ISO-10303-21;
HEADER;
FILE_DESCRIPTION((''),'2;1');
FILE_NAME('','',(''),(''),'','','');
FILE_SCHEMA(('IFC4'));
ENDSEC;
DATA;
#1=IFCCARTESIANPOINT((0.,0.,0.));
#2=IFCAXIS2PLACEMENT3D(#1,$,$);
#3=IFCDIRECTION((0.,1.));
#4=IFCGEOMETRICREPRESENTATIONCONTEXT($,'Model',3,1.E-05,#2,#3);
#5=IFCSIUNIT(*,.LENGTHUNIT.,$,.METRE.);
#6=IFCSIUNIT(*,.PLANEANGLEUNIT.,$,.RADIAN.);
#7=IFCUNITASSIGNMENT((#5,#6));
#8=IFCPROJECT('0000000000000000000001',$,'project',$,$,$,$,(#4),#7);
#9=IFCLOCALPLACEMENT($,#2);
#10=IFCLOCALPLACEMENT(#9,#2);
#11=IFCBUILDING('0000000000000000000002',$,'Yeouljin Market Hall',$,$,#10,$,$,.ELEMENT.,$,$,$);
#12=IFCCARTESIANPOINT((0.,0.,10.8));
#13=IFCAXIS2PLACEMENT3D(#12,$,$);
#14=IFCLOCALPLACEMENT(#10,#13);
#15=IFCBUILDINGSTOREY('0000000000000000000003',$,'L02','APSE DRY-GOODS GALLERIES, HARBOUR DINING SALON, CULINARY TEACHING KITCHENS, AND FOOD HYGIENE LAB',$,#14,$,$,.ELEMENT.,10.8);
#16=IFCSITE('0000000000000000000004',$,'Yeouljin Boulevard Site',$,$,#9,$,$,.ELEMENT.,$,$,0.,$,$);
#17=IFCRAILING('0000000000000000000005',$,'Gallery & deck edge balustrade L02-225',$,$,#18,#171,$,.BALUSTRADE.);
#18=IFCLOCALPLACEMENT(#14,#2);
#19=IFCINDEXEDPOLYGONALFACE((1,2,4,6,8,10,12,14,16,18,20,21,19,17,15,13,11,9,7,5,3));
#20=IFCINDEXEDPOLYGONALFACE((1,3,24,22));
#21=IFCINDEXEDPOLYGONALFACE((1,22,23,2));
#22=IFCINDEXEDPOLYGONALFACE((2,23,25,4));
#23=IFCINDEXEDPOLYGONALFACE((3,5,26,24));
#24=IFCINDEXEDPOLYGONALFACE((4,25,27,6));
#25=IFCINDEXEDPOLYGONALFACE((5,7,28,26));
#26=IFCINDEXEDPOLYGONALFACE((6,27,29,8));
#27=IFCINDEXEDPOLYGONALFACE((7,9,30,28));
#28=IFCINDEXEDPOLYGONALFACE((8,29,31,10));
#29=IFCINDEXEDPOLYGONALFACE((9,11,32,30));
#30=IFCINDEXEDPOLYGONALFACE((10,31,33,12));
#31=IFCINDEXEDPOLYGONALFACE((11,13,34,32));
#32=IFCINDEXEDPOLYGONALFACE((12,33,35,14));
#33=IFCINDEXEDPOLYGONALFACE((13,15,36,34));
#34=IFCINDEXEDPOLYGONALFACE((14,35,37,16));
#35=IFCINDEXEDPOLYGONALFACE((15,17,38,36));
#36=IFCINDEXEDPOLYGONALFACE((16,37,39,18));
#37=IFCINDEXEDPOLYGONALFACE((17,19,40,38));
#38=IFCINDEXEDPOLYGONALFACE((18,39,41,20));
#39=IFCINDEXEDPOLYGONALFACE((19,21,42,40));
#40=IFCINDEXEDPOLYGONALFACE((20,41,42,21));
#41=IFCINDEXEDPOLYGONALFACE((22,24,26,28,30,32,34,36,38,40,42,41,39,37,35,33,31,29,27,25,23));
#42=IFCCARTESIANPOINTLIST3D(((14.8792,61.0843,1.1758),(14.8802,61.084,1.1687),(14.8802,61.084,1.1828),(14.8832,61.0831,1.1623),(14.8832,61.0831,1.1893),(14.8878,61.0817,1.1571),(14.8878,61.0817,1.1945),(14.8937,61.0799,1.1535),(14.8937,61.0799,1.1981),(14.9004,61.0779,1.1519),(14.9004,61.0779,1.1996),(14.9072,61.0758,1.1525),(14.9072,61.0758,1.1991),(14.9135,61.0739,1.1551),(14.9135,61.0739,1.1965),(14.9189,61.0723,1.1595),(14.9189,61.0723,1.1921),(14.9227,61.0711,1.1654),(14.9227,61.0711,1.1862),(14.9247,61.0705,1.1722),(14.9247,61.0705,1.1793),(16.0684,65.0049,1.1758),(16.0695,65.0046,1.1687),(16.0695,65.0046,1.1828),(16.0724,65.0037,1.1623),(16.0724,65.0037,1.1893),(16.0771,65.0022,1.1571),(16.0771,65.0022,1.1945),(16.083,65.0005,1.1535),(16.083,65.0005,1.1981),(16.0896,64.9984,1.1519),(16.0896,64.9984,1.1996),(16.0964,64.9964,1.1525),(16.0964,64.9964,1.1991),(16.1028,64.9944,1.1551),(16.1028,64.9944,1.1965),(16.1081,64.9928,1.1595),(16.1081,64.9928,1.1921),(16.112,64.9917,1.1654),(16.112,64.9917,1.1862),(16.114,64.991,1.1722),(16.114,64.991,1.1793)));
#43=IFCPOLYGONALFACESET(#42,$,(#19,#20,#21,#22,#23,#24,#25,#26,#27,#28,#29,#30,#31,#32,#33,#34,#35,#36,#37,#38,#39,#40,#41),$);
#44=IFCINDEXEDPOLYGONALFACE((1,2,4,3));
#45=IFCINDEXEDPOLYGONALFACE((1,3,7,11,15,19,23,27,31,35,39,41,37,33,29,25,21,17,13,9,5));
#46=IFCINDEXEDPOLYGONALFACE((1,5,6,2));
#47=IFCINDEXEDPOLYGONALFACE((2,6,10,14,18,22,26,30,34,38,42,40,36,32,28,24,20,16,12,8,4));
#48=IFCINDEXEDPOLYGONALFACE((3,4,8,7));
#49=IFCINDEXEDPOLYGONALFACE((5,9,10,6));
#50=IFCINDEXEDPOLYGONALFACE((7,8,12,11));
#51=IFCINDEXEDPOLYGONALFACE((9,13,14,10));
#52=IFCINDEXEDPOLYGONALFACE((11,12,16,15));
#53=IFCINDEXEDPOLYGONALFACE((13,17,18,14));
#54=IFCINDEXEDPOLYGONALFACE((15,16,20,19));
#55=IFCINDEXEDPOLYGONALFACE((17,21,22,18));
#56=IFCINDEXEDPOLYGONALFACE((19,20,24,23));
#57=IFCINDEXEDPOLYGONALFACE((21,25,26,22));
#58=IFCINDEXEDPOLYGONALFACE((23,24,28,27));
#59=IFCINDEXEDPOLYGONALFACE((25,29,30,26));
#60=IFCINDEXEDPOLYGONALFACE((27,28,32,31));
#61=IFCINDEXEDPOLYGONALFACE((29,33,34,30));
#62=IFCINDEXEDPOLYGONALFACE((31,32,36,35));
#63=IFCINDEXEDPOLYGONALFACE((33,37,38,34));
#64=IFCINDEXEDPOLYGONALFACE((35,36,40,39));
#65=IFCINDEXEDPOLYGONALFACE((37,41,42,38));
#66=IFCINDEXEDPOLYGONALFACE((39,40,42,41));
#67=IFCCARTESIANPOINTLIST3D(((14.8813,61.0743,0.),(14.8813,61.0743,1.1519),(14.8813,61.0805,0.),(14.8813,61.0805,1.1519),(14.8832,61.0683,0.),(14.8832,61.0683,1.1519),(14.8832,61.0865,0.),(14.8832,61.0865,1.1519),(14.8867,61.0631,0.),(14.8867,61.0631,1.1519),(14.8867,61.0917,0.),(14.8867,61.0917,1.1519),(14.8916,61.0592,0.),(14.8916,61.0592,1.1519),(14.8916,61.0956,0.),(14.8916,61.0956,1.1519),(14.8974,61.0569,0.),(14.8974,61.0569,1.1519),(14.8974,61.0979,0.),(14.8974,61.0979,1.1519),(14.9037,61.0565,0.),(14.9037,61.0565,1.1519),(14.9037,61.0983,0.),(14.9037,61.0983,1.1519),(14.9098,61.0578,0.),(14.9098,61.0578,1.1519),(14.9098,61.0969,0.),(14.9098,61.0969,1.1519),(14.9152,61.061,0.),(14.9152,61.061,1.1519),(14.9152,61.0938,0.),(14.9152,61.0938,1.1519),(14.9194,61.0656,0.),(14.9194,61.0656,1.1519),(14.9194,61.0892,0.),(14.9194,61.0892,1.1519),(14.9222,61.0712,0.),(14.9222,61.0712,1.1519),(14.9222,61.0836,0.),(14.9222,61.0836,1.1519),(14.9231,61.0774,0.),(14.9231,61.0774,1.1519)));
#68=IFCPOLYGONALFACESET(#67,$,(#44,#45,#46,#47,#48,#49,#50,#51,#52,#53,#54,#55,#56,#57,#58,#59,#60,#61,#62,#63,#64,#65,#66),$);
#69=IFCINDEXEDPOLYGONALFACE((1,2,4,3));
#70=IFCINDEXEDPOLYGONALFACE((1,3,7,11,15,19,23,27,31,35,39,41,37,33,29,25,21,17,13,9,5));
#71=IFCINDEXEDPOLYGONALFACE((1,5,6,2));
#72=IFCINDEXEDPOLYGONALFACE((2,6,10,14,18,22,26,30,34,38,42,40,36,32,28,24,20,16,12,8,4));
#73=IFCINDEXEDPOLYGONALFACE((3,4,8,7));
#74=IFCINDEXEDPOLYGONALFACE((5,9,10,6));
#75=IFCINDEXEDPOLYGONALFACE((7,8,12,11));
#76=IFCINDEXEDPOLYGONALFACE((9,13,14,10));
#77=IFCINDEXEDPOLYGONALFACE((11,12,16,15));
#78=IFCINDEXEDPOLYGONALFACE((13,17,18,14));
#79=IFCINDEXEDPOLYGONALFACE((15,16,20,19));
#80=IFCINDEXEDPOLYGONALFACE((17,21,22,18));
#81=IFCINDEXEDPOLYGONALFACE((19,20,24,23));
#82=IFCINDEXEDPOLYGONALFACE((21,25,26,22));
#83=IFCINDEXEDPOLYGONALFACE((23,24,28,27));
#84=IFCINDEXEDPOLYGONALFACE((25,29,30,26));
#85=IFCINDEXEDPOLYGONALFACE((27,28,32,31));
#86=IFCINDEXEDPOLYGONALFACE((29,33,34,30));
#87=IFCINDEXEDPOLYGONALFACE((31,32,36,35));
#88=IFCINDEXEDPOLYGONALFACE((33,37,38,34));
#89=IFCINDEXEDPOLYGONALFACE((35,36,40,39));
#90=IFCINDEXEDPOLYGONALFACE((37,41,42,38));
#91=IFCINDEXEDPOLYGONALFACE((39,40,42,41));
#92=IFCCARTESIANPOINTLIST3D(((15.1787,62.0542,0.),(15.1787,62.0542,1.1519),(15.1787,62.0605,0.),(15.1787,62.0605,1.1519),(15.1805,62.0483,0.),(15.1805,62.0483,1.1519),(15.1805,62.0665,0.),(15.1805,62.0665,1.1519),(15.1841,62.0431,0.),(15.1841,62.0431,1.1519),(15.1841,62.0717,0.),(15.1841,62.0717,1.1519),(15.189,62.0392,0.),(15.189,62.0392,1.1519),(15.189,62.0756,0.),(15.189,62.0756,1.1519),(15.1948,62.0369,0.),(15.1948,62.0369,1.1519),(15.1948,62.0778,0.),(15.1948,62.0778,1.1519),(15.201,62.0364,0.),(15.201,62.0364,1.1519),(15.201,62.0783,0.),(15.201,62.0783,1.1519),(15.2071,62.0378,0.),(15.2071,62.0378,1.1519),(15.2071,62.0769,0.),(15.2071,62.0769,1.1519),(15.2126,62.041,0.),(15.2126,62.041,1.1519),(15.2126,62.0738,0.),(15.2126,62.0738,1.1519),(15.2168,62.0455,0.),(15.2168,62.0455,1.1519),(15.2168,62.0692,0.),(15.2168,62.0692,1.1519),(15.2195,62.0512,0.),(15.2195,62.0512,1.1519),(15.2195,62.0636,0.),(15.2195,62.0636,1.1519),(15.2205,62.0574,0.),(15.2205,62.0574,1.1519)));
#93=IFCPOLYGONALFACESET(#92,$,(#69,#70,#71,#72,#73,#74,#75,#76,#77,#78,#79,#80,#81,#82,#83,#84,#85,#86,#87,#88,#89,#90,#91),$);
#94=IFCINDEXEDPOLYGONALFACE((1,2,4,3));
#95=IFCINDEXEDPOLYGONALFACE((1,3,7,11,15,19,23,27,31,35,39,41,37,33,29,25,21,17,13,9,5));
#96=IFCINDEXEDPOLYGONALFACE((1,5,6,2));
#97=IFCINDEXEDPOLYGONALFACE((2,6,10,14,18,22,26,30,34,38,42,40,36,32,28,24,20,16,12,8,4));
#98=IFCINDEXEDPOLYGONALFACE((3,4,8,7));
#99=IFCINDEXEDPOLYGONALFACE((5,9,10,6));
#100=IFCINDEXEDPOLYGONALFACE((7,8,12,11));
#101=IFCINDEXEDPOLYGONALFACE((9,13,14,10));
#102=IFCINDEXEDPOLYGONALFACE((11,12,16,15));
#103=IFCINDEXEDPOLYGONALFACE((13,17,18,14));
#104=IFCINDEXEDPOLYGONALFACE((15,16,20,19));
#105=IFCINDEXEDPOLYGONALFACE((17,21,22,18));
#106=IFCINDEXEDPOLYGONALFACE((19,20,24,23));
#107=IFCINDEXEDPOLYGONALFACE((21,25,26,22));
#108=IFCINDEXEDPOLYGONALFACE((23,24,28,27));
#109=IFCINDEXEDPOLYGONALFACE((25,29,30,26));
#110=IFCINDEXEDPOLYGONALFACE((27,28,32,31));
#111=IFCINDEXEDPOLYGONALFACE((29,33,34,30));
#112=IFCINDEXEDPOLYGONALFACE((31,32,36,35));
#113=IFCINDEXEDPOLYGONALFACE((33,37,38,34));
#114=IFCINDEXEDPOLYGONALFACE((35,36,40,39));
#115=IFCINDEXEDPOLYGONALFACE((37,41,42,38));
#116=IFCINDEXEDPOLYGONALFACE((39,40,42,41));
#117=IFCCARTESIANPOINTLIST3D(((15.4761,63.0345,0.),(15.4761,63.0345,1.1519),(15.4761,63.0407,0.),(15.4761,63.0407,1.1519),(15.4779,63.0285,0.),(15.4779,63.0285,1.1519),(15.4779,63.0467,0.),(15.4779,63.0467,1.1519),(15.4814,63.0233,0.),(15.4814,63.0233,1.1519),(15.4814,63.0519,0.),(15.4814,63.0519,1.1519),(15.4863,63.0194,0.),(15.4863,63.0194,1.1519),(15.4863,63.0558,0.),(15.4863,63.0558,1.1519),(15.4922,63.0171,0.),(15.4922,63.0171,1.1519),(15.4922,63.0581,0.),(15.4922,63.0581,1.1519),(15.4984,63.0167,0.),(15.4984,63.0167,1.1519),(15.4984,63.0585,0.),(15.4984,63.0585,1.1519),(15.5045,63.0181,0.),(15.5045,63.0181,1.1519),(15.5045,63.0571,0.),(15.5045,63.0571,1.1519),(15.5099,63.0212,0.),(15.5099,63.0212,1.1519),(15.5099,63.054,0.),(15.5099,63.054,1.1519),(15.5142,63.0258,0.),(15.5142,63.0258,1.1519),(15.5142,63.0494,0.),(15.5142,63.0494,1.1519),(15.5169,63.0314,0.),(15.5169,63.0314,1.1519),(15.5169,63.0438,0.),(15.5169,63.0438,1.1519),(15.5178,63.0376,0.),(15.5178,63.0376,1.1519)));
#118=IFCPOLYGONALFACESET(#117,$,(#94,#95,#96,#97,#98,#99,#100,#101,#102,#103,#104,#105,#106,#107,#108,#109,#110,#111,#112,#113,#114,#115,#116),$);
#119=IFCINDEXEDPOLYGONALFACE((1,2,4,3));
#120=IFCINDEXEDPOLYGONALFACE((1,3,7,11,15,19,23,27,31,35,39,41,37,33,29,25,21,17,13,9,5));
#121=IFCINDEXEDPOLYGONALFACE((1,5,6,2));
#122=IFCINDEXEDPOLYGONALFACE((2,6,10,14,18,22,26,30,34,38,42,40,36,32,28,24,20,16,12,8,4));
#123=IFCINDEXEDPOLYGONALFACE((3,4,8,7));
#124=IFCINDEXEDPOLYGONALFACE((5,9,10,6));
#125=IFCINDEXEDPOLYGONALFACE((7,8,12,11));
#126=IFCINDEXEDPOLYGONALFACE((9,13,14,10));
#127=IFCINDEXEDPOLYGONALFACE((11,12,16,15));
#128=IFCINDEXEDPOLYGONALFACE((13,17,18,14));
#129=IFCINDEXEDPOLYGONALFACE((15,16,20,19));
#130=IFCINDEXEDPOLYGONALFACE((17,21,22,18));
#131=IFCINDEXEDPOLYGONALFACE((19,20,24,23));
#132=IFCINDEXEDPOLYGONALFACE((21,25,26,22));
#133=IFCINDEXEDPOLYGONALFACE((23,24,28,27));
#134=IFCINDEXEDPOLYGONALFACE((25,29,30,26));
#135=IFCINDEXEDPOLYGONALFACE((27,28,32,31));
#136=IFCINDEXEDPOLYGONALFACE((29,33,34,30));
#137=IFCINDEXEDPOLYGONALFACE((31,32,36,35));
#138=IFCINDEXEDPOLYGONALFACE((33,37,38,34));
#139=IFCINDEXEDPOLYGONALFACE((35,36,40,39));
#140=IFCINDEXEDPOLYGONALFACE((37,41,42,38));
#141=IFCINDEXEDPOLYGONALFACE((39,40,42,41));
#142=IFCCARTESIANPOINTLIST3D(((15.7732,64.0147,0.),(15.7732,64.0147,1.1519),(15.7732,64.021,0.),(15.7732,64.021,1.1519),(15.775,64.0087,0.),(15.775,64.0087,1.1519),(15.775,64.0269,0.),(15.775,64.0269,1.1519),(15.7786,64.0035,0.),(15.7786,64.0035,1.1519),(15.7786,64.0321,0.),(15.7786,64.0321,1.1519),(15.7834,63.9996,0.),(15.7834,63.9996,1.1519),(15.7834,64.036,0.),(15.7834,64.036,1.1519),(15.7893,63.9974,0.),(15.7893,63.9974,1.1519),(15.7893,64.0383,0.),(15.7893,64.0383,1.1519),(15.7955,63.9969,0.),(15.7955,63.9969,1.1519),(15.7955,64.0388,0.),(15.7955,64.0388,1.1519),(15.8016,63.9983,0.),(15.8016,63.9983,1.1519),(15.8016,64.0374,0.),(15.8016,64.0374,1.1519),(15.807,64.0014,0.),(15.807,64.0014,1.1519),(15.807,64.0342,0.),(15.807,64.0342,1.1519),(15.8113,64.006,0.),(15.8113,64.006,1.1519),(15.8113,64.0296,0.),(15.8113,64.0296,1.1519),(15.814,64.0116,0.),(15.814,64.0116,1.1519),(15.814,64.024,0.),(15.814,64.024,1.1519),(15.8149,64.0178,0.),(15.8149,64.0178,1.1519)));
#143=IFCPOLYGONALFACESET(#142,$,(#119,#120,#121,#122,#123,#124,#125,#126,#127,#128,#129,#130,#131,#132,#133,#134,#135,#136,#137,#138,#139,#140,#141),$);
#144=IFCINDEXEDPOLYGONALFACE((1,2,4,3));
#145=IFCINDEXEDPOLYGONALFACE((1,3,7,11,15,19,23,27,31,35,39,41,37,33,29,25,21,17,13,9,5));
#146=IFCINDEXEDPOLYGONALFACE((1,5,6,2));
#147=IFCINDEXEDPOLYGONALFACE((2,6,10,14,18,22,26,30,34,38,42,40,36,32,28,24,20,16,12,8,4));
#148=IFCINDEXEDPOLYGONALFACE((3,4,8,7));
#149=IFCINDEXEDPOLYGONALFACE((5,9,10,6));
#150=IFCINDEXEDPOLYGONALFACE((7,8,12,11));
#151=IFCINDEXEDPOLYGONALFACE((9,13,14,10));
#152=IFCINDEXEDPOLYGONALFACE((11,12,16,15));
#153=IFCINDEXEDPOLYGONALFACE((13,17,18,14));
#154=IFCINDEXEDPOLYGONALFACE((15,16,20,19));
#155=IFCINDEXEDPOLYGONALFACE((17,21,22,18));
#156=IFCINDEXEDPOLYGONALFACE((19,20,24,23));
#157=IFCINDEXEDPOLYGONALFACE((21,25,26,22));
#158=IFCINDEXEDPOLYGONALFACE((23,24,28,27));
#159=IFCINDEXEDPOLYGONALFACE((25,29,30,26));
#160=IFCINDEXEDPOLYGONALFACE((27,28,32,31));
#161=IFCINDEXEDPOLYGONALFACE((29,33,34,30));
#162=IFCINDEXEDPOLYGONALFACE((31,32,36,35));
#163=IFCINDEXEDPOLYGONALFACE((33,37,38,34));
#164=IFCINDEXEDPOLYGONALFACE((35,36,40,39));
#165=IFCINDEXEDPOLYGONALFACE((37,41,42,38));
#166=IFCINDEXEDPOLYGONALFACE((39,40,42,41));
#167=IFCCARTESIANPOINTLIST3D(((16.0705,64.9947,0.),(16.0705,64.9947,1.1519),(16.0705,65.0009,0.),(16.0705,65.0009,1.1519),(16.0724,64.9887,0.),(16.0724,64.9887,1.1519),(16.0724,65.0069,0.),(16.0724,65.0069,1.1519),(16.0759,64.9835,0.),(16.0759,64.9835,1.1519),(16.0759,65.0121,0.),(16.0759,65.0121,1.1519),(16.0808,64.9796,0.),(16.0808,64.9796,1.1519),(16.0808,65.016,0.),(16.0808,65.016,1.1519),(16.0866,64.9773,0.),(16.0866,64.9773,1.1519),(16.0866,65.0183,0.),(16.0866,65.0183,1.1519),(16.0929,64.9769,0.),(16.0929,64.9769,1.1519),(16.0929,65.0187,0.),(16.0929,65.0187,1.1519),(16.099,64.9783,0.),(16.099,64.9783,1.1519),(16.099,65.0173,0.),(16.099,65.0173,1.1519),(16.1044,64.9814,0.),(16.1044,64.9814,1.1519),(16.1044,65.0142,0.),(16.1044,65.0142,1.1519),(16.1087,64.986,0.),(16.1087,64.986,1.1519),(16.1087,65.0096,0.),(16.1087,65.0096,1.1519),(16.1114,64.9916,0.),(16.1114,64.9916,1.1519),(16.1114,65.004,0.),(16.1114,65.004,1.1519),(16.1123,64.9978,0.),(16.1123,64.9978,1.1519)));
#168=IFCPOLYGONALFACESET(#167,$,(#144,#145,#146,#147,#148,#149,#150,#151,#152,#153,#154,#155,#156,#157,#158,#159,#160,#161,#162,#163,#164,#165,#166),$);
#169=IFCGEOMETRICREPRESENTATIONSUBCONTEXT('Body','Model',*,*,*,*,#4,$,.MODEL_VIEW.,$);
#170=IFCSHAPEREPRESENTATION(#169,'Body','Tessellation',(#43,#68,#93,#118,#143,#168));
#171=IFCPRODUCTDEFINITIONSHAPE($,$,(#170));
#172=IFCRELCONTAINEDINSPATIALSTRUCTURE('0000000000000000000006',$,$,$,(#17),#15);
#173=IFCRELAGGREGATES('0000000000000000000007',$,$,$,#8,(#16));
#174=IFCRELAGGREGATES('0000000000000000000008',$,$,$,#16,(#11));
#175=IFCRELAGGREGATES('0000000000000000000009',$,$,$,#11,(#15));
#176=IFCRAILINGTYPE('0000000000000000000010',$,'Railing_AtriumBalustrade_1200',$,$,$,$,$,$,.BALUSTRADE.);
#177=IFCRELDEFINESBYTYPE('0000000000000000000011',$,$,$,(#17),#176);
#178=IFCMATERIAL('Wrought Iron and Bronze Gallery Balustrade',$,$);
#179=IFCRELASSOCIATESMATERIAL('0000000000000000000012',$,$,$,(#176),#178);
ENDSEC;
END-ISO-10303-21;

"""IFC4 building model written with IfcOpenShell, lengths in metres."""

from ifc_helpers import new_model, si_unit, direction, frame, origin, origin_2d, place, context, subcontext, project, spatial, circle, extrude, material, type_object, element, save


model = new_model("IFC4")

# Units and contexts
model_context = context("Model", 3, precision=1e-05, world=origin(), true_north=direction((0.0, 1.0)))
body_context = subcontext(model_context, "Body", "Model", "MODEL_VIEW")
ifc_project = project(units=[si_unit("LENGTHUNIT", "METRE"), si_unit("PLANEANGLEUNIT", "RADIAN")], contexts=[model_context])

# Site, building, storey
site_placement = place(None, origin())
site = spatial("IfcSite", under=ifc_project, at=site_placement, Name="Yeouljin Boulevard Site", CompositionType="ELEMENT", RefElevation=0.0)
building_placement = place(site_placement, origin())
building = spatial("IfcBuilding", under=site, at=building_placement, Name="Yeouljin Market Hall", CompositionType="ELEMENT")
storey_placement = place(building_placement, frame((0.0, 0.0, 10.8)))
storey = spatial("IfcBuildingStorey", under=building, at=storey_placement, Name="L02", Description="APSE DRY-GOODS GALLERIES, HARBOUR DINING SALON, CULINARY TEACHING KITCHENS, AND FOOD HYGIENE LAB", CompositionType="ELEMENT", Elevation=10.8)

# Railing
ifc_material_1 = material(Name="Wrought Iron and Bronze Gallery Balustrade")
railing_type = type_object("IfcRailingType", Name="Railing_AtriumBalustrade_1200", PredefinedType="BALUSTRADE", material=ifc_material_1)
railing_1_placement = place(storey_placement, frame((14.9021, 61.0774, 0.0)))
element("IfcRailing", 1, at=railing_1_placement, inside=storey, type_object=railing_type, Name="Gallery & deck edge balustrade L02-225", PredefinedType="BALUSTRADE", context=body_context, shape_type="SweptSolid", body=[
    extrude(circle(Radius=0.0239, at=origin_2d()), frame((0.0, 0.0, 1.1758), z_axis=(0.290277, 0.956943, 0.0), x_axis=(-0.956943, 0.290277, 0.0)), (0.0, 0.0, 1.0), 4.0969),
    extrude(circle(Radius=0.021, at=origin_2d()), origin(), (0.0, 0.0, 1.0), 1.1519),
    extrude(circle(Radius=0.021, at=origin_2d()), frame((0.2974, 0.98, 0.0)), (0.0, 0.0, 1.0), 1.1519),
    extrude(circle(Radius=0.021, at=origin_2d()), frame((0.5947, 1.9602, 0.0)), (0.0, 0.0, 1.0), 1.1519),
    extrude(circle(Radius=0.021, at=origin_2d()), frame((0.8918, 2.9404, 0.0)), (0.0, 0.0, 1.0), 1.1519),
    extrude(circle(Radius=0.021, at=origin_2d()), frame((1.1892, 3.9204, 0.0)), (0.0, 0.0, 1.0), 1.1519),
])

save(model, "model.ifc")
